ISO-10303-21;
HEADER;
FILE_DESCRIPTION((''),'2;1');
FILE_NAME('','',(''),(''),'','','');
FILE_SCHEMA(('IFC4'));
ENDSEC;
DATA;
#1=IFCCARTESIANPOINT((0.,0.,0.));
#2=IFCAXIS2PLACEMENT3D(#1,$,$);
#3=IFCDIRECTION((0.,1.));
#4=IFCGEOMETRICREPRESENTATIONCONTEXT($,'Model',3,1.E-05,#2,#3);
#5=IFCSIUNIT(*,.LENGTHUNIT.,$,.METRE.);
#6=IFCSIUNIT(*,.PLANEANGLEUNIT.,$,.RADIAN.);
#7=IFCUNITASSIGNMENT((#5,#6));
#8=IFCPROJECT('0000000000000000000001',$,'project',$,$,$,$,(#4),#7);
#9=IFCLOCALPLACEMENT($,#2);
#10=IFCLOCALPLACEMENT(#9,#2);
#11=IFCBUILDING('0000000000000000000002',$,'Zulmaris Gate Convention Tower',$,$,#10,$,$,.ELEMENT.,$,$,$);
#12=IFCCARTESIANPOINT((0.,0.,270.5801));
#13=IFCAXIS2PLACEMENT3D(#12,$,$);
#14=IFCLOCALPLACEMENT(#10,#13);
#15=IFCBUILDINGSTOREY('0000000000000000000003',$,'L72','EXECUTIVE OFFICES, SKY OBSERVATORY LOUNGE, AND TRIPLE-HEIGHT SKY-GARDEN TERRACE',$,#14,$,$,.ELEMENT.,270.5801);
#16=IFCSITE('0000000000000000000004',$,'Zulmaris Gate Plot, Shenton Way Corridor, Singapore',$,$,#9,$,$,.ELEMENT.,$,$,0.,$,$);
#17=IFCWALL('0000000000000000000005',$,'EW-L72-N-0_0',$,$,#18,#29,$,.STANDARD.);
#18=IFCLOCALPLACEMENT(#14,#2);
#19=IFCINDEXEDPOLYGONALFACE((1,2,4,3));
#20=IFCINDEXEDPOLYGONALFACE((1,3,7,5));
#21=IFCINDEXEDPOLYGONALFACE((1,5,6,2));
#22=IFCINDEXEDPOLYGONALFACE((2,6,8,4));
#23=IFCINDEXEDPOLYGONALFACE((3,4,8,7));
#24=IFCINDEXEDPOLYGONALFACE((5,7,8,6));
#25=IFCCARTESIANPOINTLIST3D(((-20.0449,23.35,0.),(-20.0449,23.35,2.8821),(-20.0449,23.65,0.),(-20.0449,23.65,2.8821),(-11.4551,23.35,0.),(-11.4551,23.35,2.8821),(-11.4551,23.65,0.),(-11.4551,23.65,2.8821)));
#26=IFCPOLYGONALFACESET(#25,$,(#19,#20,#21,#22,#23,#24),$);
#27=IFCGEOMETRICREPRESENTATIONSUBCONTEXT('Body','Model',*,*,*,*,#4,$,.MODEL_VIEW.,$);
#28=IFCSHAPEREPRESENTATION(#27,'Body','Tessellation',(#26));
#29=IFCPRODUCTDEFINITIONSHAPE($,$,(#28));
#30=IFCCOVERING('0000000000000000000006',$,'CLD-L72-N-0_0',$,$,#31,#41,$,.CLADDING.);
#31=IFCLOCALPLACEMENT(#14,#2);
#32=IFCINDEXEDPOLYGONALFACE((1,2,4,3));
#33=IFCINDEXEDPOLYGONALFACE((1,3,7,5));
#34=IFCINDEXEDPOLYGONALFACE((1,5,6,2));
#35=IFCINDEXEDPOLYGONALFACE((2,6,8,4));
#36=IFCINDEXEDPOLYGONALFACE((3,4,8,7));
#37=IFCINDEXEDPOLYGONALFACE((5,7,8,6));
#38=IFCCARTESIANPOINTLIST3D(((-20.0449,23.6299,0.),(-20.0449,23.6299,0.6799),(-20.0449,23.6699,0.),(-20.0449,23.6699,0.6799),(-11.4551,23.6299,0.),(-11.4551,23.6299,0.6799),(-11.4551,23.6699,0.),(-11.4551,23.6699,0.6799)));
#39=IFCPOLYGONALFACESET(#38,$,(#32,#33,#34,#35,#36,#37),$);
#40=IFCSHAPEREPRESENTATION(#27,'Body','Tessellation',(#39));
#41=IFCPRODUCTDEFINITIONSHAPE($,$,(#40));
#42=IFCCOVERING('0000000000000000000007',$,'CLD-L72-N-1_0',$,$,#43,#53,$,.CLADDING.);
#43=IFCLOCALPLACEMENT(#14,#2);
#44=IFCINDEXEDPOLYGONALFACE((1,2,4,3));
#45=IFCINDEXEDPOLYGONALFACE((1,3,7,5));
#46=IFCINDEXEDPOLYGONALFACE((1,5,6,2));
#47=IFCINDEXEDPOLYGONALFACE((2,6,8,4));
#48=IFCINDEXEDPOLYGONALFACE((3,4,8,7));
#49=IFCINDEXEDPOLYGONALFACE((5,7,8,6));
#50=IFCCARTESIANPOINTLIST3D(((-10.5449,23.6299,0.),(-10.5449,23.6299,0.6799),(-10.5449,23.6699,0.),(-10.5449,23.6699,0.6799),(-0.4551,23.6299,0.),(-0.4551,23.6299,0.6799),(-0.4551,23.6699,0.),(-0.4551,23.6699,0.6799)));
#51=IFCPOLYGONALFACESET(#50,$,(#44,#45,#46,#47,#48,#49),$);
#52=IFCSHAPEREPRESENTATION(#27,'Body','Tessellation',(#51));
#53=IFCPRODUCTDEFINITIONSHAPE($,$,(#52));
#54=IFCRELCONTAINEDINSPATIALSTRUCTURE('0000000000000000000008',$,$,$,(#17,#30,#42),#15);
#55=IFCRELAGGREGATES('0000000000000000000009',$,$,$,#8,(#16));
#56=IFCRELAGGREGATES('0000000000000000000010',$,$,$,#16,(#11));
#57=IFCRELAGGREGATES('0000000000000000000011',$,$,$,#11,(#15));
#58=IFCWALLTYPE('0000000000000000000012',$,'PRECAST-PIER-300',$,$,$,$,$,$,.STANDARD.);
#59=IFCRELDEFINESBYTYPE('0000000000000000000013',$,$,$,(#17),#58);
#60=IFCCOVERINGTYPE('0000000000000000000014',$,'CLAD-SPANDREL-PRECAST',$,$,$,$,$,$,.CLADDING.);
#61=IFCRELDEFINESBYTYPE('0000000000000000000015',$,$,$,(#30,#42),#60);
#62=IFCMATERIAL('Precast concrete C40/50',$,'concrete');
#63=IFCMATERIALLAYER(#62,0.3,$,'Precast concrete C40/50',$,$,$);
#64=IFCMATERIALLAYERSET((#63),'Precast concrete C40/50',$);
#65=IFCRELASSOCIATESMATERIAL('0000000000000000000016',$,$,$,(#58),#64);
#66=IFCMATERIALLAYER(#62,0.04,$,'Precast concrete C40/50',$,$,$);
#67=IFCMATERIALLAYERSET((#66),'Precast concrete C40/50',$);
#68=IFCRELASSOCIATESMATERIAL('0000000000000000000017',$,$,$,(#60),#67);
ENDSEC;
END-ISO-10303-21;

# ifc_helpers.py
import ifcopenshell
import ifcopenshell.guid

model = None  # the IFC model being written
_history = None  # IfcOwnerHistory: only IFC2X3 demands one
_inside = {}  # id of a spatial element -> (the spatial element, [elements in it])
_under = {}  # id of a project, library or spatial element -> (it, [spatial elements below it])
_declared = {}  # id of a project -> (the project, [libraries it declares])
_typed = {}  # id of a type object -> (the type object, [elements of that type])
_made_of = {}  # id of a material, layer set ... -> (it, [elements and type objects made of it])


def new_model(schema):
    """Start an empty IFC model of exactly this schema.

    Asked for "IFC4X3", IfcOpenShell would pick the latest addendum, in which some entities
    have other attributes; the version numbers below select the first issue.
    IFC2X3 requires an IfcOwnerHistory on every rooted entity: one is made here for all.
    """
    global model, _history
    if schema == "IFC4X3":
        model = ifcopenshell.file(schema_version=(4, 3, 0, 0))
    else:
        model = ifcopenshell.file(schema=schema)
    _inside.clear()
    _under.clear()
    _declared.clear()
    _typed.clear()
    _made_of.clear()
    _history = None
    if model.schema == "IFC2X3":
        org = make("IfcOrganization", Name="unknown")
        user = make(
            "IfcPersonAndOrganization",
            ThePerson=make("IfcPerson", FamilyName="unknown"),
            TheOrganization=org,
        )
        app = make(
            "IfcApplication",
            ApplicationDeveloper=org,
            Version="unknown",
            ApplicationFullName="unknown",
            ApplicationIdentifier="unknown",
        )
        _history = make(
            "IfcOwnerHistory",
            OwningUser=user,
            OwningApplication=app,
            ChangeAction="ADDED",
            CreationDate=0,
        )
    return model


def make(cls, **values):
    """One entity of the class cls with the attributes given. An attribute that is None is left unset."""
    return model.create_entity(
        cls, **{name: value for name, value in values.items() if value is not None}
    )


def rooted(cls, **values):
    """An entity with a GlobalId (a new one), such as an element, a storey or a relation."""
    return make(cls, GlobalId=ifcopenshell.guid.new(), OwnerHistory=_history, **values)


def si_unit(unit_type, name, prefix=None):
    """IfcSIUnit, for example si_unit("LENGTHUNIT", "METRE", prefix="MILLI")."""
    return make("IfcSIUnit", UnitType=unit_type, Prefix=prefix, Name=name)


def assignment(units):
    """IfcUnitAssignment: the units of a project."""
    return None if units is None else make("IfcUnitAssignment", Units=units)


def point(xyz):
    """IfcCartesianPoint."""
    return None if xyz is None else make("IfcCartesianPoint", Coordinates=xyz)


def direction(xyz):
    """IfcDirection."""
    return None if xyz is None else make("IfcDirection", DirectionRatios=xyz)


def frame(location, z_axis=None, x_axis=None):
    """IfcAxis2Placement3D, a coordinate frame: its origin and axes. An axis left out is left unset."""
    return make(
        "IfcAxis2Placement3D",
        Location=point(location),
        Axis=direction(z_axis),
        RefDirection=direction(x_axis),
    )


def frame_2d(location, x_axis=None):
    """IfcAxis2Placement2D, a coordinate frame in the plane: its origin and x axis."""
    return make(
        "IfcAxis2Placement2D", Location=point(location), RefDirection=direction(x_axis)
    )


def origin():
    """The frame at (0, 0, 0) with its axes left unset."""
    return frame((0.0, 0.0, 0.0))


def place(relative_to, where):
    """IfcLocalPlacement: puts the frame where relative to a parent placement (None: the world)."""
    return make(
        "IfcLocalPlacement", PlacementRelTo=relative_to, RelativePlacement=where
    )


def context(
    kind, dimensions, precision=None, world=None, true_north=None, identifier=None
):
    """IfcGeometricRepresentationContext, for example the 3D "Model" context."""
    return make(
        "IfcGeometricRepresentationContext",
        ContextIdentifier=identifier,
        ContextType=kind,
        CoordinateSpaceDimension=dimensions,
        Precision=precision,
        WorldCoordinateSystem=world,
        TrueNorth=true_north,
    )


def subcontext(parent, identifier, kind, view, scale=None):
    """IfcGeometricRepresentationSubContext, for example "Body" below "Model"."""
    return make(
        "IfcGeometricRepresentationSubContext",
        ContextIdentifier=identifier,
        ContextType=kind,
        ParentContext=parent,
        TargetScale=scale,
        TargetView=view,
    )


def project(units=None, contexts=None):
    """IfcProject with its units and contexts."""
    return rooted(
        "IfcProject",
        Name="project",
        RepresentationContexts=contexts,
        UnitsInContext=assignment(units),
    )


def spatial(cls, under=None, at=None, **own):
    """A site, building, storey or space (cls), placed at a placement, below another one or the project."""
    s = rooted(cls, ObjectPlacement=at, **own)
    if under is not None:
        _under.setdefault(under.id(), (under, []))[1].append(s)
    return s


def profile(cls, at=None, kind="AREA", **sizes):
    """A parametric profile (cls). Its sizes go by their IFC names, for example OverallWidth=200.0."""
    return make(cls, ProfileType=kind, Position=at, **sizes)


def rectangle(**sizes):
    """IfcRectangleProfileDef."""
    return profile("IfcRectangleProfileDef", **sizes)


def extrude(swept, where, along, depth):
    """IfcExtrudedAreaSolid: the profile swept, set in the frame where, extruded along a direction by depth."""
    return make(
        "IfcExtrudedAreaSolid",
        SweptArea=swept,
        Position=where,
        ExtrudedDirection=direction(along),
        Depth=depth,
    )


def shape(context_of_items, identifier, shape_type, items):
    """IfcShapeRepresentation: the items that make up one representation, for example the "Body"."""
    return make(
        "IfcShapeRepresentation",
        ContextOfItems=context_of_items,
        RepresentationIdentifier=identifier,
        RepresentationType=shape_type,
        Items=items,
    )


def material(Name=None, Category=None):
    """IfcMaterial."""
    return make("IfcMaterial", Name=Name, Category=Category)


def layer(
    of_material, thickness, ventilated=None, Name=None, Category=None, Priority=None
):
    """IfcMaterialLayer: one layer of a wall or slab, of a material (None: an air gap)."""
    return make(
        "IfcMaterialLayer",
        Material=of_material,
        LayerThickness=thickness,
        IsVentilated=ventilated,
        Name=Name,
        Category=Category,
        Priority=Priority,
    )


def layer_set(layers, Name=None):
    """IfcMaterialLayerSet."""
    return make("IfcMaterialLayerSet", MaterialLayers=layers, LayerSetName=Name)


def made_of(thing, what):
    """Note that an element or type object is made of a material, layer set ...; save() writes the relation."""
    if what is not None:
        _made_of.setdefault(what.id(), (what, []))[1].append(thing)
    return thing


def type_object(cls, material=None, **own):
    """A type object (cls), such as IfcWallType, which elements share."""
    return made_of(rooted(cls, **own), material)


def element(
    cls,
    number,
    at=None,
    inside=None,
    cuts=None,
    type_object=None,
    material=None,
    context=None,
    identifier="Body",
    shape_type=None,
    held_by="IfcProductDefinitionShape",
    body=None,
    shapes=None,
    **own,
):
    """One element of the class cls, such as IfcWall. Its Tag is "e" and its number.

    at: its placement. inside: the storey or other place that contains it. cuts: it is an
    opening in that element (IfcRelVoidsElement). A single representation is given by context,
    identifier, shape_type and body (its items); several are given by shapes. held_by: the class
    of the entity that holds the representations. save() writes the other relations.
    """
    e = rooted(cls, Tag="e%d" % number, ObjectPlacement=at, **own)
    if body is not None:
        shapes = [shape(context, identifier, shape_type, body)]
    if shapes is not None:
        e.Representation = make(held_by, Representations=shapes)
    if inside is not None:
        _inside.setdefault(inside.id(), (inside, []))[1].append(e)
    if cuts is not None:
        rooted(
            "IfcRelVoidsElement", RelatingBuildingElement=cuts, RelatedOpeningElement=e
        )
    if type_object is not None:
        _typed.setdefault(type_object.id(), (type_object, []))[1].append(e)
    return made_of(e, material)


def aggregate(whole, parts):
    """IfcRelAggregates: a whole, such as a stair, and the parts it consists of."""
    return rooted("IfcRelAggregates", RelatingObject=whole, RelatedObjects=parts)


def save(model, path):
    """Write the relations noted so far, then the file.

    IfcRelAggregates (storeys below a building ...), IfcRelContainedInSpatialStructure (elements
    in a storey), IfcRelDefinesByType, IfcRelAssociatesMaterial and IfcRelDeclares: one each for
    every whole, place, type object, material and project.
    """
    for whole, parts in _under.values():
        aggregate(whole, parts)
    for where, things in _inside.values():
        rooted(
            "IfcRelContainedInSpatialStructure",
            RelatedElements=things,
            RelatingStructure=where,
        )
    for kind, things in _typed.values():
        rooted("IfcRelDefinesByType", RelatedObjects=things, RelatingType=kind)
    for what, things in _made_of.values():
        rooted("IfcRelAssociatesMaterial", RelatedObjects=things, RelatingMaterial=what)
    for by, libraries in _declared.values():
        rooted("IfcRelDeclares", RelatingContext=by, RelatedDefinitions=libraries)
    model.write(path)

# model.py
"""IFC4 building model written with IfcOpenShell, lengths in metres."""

from ifc_helpers import new_model, si_unit, direction, frame, frame_2d, origin, place, context, subcontext, project, spatial, rectangle, extrude, material, layer, layer_set, type_object, element, save


model = new_model("IFC4")

# Units and contexts
model_context = context("Model", 3, precision=1e-05, world=origin(), true_north=direction((0.0, 1.0)))
body_context = subcontext(model_context, "Body", "Model", "MODEL_VIEW")
ifc_project = project(units=[si_unit("LENGTHUNIT", "METRE"), si_unit("PLANEANGLEUNIT", "RADIAN")], contexts=[model_context])

# Site, building, storey
site_placement = place(None, origin())
site = spatial("IfcSite", under=ifc_project, at=site_placement, Name="Zulmaris Gate Plot, Shenton Way Corridor, Singapore", CompositionType="ELEMENT", RefElevation=0.0)
building_placement = place(site_placement, origin())
building = spatial("IfcBuilding", under=site, at=building_placement, Name="Zulmaris Gate Convention Tower", CompositionType="ELEMENT")
storey_placement = place(building_placement, frame((0.0, 0.0, 270.5801)))
storey = spatial("IfcBuildingStorey", under=building, at=storey_placement, Name="L72", Description="EXECUTIVE OFFICES, SKY OBSERVATORY LOUNGE, AND TRIPLE-HEIGHT SKY-GARDEN TERRACE", CompositionType="ELEMENT", Elevation=270.5801)

# Wall
ifc_material_1 = material(Name="Precast concrete C40/50", Category="concrete")
ifc_layer_1 = layer(ifc_material_1, 0.3, Name="Precast concrete C40/50")
ifc_layer_set_1 = layer_set([ifc_layer_1], Name="Precast concrete C40/50")
wall_type_1 = type_object("IfcWallType", Name="PRECAST-PIER-300", PredefinedType="STANDARD", material=ifc_layer_set_1)
wall_1_placement = place(storey_placement, frame((-11.4551, 23.5, 0.0), z_axis=(0.0, 0.0, 1.0), x_axis=(-1.0, 0.0, 0.0)))
element("IfcWall", 1, at=wall_1_placement, inside=storey, type_object=wall_type_1, Name="EW-L72-N-0_0", PredefinedType="STANDARD", context=body_context, shape_type="SweptSolid", body=[
    extrude(rectangle(XDim=8.5898, YDim=0.3, at=frame_2d((4.2949, 0.0))), origin(), (0.0, 0.0, 1.0), 2.8821),
])

# Coverings
ifc_layer_2 = layer(ifc_material_1, 0.04, Name="Precast concrete C40/50")
ifc_layer_set_2 = layer_set([ifc_layer_2], Name="Precast concrete C40/50")
covering_type = type_object("IfcCoveringType", Name="CLAD-SPANDREL-PRECAST", PredefinedType="CLADDING", material=ifc_layer_set_2)
covering_1_placement = place(storey_placement, frame((-11.4551, 23.6499, 0.0), z_axis=(0.0, 0.0, 1.0), x_axis=(-1.0, 0.0, 0.0)))
element("IfcCovering", 2, at=covering_1_placement, inside=storey, type_object=covering_type, Name="CLD-L72-N-0_0", PredefinedType="CLADDING", context=body_context, shape_type="SweptSolid", body=[
    extrude(rectangle(XDim=8.5898, YDim=0.04, at=frame_2d((4.2949, 0.0))), origin(), (0.0, 0.0, 1.0), 0.6799),
])
covering_2_placement = place(storey_placement, frame((-0.4551, 23.6499, 0.0), z_axis=(0.0, 0.0, 1.0), x_axis=(-1.0, 0.0, 0.0)))
element("IfcCovering", 3, at=covering_2_placement, inside=storey, type_object=covering_type, Name="CLD-L72-N-1_0", PredefinedType="CLADDING", context=body_context, shape_type="SweptSolid", body=[
    extrude(rectangle(XDim=10.0898, YDim=0.04, at=frame_2d((5.0449, 0.0))), origin(), (0.0, 0.0, 1.0), 0.6799),
])

save(model, "model.ifc")
